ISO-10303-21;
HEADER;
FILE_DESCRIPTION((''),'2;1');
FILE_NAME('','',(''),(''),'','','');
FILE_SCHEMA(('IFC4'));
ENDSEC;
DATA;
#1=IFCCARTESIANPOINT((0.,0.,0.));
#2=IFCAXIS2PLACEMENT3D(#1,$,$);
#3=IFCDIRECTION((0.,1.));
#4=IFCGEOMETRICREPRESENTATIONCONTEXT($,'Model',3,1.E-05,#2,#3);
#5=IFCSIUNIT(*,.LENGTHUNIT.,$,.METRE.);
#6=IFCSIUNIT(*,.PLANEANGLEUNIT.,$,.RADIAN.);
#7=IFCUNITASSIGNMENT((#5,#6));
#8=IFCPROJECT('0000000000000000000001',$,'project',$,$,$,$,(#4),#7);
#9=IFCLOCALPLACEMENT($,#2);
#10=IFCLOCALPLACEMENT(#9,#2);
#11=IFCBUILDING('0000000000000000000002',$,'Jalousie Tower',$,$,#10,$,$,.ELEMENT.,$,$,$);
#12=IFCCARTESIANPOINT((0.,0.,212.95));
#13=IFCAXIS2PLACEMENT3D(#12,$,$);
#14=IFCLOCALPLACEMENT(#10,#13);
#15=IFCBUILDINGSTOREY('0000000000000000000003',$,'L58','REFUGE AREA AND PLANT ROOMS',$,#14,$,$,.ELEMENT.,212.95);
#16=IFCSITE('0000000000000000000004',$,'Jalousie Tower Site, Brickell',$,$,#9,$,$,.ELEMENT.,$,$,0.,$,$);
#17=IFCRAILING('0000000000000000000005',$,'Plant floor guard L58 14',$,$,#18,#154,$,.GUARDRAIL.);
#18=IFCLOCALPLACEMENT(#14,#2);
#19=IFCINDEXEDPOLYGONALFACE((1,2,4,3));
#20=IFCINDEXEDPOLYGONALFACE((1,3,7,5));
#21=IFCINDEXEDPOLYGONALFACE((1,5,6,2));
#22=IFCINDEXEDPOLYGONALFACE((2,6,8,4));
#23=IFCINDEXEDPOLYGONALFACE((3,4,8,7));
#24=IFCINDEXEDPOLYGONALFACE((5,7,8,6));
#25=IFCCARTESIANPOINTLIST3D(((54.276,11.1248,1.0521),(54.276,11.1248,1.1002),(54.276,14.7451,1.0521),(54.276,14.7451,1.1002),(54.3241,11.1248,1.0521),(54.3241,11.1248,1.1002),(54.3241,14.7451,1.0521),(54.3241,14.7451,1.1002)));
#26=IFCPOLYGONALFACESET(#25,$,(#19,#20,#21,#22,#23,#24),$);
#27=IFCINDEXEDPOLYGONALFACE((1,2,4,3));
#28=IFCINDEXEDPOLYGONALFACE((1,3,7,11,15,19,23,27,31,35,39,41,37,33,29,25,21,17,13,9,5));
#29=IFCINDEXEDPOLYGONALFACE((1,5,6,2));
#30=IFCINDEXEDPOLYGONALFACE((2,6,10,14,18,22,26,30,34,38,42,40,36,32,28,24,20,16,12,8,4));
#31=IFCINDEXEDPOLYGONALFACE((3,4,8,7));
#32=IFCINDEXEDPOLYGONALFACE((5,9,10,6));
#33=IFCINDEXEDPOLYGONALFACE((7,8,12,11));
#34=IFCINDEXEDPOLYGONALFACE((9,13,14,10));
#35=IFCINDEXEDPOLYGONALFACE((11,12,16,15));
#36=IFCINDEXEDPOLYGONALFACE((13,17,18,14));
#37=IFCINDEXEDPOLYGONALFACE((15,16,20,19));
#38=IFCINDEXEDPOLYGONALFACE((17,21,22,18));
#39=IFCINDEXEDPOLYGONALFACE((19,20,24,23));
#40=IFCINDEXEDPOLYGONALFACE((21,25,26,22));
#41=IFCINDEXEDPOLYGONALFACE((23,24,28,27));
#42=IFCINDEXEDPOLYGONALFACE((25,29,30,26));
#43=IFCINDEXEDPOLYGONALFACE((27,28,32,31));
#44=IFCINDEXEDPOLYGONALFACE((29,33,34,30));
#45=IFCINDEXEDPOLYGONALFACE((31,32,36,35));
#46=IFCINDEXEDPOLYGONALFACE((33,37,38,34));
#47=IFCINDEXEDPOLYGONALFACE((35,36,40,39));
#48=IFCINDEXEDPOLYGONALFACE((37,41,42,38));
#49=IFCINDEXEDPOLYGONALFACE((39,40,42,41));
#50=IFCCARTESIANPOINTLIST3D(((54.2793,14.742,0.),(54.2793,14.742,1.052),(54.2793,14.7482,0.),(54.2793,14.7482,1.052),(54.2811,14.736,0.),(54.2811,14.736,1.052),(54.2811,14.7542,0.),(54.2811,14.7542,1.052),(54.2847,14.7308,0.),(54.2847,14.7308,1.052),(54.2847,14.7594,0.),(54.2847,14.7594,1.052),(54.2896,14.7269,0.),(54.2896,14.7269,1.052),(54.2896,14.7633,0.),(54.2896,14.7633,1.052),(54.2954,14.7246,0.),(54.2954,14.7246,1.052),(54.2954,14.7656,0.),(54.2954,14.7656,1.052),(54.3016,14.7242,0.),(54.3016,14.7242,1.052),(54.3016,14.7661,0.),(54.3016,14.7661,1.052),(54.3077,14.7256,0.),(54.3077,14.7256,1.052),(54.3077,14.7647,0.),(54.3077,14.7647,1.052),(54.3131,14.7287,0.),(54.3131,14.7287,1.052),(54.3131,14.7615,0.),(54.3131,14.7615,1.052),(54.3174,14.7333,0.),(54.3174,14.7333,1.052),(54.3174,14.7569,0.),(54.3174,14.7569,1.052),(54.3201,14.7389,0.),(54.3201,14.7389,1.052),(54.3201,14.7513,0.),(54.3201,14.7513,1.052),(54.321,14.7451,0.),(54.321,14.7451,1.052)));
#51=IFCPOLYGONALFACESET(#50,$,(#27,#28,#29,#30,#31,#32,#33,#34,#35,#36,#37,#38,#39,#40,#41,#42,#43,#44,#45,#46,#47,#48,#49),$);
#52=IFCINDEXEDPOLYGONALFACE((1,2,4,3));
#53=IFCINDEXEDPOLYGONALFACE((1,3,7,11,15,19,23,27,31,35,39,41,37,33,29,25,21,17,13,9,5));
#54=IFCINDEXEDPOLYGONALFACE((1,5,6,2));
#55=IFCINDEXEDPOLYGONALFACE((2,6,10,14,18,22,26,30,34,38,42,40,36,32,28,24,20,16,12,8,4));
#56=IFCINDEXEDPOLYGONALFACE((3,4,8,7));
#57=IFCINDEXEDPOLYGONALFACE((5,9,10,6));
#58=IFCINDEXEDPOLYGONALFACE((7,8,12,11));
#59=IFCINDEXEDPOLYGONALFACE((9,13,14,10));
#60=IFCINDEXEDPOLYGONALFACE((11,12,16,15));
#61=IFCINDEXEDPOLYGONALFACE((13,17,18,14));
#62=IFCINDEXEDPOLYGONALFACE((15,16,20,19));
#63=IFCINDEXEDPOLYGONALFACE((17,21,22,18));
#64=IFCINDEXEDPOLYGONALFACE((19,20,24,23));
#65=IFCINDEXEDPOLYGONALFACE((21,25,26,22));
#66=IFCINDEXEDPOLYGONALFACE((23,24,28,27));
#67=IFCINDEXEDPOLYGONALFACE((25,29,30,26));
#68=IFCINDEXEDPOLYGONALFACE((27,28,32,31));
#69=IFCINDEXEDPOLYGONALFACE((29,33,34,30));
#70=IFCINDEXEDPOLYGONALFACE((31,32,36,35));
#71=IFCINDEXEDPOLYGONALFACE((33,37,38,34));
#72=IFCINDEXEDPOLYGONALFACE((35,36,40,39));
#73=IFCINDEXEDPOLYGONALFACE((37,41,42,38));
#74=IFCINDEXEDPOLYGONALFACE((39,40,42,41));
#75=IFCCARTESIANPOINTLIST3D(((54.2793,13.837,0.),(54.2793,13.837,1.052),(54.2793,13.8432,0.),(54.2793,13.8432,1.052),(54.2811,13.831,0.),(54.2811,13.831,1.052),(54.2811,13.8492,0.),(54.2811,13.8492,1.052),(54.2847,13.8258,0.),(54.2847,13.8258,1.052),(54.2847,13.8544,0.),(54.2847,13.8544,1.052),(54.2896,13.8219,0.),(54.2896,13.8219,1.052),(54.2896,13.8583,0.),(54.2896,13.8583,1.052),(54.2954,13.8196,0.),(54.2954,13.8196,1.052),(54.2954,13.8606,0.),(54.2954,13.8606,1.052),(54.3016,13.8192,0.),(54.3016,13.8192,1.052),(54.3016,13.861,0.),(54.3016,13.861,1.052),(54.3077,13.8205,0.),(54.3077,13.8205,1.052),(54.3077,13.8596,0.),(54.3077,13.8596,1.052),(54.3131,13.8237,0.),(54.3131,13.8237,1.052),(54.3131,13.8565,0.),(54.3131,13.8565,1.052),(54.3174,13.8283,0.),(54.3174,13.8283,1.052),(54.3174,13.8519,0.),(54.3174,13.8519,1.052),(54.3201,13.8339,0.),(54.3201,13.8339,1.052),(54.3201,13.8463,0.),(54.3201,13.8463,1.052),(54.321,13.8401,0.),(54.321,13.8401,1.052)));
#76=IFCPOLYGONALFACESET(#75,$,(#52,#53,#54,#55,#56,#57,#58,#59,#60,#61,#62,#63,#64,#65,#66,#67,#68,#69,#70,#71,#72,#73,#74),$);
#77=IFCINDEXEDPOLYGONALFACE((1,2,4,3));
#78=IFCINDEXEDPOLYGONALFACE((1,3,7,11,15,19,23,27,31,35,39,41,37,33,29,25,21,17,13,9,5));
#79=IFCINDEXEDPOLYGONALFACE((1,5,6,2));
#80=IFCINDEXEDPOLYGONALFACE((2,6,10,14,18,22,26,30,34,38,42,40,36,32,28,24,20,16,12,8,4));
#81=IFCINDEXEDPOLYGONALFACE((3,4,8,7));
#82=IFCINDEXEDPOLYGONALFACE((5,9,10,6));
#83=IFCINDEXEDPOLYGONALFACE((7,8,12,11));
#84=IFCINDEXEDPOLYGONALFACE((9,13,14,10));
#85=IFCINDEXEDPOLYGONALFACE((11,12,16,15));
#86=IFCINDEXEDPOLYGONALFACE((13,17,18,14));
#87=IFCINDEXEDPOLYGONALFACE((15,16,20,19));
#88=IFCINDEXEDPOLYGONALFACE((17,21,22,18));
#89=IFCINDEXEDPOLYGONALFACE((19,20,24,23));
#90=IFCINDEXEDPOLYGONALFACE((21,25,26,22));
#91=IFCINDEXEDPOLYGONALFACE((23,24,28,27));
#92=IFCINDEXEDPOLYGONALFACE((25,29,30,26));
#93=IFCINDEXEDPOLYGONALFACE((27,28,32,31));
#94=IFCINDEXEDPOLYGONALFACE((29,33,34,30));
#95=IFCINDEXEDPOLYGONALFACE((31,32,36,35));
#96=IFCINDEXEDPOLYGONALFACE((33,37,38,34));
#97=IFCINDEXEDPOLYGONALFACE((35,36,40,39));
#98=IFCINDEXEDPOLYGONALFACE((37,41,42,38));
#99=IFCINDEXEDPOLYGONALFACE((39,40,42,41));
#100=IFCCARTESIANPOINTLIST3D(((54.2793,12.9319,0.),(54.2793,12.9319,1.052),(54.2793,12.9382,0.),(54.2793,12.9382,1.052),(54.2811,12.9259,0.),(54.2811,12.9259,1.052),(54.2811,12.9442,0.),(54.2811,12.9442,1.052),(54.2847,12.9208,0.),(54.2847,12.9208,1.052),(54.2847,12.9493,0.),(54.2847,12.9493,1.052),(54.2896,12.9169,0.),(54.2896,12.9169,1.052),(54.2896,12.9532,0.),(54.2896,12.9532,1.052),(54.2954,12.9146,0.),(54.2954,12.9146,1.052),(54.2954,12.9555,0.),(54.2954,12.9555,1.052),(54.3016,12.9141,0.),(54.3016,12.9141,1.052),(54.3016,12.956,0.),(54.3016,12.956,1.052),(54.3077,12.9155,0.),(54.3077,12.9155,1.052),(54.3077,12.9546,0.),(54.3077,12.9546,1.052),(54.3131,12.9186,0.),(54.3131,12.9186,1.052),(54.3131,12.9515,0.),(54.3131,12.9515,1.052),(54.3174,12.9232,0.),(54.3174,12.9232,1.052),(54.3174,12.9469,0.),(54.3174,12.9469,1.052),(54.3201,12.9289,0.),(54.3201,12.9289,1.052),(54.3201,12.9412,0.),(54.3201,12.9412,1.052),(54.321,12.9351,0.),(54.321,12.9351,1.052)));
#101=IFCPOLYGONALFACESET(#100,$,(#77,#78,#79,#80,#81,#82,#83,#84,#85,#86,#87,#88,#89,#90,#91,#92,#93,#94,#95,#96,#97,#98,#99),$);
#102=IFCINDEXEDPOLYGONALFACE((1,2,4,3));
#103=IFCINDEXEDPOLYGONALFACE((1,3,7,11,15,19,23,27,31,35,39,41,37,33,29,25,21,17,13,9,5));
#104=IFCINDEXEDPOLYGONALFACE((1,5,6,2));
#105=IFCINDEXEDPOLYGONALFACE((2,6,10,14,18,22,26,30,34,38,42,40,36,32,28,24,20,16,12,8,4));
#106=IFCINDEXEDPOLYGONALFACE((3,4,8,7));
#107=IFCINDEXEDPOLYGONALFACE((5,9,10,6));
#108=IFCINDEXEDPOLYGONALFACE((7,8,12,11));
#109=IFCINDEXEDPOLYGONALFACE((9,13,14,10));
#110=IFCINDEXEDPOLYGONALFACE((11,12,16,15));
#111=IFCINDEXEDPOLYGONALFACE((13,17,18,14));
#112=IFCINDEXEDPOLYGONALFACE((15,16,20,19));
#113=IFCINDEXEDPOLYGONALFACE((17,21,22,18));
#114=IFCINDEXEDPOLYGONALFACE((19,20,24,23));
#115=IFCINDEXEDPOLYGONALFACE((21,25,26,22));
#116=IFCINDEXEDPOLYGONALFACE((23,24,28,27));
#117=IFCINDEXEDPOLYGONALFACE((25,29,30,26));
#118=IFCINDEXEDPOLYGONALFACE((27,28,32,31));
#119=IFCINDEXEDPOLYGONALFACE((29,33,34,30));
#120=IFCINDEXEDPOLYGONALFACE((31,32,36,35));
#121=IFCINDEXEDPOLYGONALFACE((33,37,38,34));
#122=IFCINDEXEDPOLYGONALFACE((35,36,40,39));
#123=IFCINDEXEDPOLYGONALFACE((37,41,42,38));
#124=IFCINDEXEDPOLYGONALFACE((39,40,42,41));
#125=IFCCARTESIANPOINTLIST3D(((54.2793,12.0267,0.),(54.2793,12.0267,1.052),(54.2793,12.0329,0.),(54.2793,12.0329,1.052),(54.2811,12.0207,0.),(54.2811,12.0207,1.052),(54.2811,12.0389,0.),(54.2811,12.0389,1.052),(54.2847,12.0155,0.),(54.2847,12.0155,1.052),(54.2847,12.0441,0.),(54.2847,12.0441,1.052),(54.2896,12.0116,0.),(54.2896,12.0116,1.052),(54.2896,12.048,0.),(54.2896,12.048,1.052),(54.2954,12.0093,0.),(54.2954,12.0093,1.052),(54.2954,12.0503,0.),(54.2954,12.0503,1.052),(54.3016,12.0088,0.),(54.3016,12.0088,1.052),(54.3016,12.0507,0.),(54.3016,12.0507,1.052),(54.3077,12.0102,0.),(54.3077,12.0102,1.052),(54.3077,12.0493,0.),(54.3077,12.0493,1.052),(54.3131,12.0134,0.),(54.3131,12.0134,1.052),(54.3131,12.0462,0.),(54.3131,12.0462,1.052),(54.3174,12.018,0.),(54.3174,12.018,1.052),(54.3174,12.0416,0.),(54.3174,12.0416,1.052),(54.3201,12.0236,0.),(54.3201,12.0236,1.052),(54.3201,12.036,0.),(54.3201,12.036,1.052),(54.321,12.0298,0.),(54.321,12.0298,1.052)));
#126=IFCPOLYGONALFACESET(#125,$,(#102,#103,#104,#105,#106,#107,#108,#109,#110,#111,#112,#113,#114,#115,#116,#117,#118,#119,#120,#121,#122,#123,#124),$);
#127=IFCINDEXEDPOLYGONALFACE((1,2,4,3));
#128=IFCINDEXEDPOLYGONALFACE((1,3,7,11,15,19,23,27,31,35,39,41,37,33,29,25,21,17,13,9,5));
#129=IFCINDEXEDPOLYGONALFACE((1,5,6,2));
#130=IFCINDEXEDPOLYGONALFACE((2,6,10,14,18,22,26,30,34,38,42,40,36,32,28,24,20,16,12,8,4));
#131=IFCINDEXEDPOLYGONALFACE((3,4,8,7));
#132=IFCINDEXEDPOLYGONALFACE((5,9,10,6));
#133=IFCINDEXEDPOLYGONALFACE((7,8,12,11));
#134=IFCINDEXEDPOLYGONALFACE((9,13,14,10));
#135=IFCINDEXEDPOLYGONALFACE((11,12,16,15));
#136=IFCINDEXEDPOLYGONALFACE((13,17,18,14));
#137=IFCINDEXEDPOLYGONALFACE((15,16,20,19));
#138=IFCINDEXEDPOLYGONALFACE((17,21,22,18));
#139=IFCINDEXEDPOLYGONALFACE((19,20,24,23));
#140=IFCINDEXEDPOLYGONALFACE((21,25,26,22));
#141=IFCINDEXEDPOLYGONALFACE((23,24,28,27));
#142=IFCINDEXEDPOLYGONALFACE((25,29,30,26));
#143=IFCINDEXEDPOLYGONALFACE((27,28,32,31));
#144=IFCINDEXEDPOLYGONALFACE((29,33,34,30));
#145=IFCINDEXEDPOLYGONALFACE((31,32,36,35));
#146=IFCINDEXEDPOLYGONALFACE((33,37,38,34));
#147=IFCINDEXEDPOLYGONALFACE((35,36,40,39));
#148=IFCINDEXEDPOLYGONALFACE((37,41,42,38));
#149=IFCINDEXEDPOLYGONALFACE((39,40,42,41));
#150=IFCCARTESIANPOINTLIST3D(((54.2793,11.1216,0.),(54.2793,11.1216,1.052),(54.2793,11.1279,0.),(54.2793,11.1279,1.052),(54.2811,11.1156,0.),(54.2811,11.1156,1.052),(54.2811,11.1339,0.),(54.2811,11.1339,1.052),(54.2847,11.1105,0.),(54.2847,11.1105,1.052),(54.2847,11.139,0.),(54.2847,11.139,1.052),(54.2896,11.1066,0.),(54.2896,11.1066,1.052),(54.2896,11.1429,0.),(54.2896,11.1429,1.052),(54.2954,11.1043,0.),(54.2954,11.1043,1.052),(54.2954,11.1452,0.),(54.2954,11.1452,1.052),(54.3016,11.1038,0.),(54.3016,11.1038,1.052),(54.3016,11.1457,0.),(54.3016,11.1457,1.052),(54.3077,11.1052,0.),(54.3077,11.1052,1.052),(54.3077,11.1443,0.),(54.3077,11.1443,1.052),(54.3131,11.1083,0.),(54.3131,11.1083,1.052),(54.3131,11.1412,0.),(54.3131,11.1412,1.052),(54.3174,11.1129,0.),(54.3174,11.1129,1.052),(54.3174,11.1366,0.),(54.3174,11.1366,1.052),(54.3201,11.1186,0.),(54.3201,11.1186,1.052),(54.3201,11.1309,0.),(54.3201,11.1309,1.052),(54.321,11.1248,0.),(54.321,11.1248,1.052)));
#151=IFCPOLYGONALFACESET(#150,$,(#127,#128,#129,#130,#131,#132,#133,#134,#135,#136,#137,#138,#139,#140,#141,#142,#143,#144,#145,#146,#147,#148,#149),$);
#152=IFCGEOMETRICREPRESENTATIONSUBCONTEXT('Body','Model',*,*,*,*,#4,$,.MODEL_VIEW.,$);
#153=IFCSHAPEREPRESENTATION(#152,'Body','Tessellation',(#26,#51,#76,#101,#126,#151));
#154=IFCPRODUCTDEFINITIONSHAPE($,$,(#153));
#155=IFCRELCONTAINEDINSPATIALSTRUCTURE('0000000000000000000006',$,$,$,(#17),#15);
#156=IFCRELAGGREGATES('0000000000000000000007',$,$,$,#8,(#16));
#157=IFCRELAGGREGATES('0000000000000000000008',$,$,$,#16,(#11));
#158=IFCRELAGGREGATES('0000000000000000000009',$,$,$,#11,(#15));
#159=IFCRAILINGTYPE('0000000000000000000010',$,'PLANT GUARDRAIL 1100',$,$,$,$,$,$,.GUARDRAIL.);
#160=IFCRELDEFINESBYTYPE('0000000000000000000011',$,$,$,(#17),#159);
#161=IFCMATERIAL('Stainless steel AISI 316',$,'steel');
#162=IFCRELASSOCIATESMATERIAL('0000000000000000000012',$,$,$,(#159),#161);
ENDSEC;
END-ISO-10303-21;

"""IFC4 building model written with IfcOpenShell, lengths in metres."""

from ifc_helpers import new_model, si_unit, direction, frame, origin, origin_2d, place, context, subcontext, project, spatial, rectangle, circle, extrude, material, type_object, element, save


model = new_model("IFC4")

# Units and contexts
model_context = context("Model", 3, precision=1e-05, world=origin(), true_north=direction((0.0, 1.0)))
body_context = subcontext(model_context, "Body", "Model", "MODEL_VIEW")
ifc_project = project(units=[si_unit("LENGTHUNIT", "METRE"), si_unit("PLANEANGLEUNIT", "RADIAN")], contexts=[model_context])

# Site, building, storey
site_placement = place(None, origin())
site = spatial("IfcSite", under=ifc_project, at=site_placement, Name="Jalousie Tower Site, Brickell", CompositionType="ELEMENT", RefElevation=0.0)
building_placement = place(site_placement, origin())
building = spatial("IfcBuilding", under=site, at=building_placement, Name="Jalousie Tower", CompositionType="ELEMENT")
storey_placement = place(building_placement, frame((0.0, 0.0, 212.95)))
storey = spatial("IfcBuildingStorey", under=building, at=storey_placement, Name="L58", Description="REFUGE AREA AND PLANT ROOMS", CompositionType="ELEMENT", Elevation=212.95)

# Railing
ifc_material_1 = material(Name="Stainless steel AISI 316", Category="steel")
railing_type = type_object("IfcRailingType", Name="PLANT GUARDRAIL 1100", PredefinedType="GUARDRAIL", material=ifc_material_1)
railing_1_placement = place(storey_placement, frame((54.3, 14.7451, 0.0)))
element("IfcRailing", 1, at=railing_1_placement, inside=storey, type_object=railing_type, Name="Plant floor guard L58 14", PredefinedType="GUARDRAIL", context=body_context, shape_type="SweptSolid", body=[
    extrude(rectangle(XDim=0.0481, YDim=0.0481, at=origin_2d()), frame((0.0, 0.0, 1.0762), z_axis=(0.0, -1.0, 0.0), x_axis=(1.0, 0.0, 0.0)), (0.0, 0.0, 1.0), 3.6204),
    extrude(circle(Radius=0.021, at=origin_2d()), origin(), (0.0, 0.0, 1.0), 1.052),
    extrude(circle(Radius=0.021, at=origin_2d()), frame((0.0, -0.905, 0.0)), (0.0, 0.0, 1.0), 1.052),
    extrude(circle(Radius=0.021, at=origin_2d()), frame((0.0, -1.8101, 0.0)), (0.0, 0.0, 1.0), 1.052),
    extrude(circle(Radius=0.021, at=origin_2d()), frame((0.0, -2.7153, 0.0)), (0.0, 0.0, 1.0), 1.052),
    extrude(circle(Radius=0.021, at=origin_2d()), frame((0.0, -3.6204, 0.0)), (0.0, 0.0, 1.0), 1.052),
])

save(model, "model.ifc")
